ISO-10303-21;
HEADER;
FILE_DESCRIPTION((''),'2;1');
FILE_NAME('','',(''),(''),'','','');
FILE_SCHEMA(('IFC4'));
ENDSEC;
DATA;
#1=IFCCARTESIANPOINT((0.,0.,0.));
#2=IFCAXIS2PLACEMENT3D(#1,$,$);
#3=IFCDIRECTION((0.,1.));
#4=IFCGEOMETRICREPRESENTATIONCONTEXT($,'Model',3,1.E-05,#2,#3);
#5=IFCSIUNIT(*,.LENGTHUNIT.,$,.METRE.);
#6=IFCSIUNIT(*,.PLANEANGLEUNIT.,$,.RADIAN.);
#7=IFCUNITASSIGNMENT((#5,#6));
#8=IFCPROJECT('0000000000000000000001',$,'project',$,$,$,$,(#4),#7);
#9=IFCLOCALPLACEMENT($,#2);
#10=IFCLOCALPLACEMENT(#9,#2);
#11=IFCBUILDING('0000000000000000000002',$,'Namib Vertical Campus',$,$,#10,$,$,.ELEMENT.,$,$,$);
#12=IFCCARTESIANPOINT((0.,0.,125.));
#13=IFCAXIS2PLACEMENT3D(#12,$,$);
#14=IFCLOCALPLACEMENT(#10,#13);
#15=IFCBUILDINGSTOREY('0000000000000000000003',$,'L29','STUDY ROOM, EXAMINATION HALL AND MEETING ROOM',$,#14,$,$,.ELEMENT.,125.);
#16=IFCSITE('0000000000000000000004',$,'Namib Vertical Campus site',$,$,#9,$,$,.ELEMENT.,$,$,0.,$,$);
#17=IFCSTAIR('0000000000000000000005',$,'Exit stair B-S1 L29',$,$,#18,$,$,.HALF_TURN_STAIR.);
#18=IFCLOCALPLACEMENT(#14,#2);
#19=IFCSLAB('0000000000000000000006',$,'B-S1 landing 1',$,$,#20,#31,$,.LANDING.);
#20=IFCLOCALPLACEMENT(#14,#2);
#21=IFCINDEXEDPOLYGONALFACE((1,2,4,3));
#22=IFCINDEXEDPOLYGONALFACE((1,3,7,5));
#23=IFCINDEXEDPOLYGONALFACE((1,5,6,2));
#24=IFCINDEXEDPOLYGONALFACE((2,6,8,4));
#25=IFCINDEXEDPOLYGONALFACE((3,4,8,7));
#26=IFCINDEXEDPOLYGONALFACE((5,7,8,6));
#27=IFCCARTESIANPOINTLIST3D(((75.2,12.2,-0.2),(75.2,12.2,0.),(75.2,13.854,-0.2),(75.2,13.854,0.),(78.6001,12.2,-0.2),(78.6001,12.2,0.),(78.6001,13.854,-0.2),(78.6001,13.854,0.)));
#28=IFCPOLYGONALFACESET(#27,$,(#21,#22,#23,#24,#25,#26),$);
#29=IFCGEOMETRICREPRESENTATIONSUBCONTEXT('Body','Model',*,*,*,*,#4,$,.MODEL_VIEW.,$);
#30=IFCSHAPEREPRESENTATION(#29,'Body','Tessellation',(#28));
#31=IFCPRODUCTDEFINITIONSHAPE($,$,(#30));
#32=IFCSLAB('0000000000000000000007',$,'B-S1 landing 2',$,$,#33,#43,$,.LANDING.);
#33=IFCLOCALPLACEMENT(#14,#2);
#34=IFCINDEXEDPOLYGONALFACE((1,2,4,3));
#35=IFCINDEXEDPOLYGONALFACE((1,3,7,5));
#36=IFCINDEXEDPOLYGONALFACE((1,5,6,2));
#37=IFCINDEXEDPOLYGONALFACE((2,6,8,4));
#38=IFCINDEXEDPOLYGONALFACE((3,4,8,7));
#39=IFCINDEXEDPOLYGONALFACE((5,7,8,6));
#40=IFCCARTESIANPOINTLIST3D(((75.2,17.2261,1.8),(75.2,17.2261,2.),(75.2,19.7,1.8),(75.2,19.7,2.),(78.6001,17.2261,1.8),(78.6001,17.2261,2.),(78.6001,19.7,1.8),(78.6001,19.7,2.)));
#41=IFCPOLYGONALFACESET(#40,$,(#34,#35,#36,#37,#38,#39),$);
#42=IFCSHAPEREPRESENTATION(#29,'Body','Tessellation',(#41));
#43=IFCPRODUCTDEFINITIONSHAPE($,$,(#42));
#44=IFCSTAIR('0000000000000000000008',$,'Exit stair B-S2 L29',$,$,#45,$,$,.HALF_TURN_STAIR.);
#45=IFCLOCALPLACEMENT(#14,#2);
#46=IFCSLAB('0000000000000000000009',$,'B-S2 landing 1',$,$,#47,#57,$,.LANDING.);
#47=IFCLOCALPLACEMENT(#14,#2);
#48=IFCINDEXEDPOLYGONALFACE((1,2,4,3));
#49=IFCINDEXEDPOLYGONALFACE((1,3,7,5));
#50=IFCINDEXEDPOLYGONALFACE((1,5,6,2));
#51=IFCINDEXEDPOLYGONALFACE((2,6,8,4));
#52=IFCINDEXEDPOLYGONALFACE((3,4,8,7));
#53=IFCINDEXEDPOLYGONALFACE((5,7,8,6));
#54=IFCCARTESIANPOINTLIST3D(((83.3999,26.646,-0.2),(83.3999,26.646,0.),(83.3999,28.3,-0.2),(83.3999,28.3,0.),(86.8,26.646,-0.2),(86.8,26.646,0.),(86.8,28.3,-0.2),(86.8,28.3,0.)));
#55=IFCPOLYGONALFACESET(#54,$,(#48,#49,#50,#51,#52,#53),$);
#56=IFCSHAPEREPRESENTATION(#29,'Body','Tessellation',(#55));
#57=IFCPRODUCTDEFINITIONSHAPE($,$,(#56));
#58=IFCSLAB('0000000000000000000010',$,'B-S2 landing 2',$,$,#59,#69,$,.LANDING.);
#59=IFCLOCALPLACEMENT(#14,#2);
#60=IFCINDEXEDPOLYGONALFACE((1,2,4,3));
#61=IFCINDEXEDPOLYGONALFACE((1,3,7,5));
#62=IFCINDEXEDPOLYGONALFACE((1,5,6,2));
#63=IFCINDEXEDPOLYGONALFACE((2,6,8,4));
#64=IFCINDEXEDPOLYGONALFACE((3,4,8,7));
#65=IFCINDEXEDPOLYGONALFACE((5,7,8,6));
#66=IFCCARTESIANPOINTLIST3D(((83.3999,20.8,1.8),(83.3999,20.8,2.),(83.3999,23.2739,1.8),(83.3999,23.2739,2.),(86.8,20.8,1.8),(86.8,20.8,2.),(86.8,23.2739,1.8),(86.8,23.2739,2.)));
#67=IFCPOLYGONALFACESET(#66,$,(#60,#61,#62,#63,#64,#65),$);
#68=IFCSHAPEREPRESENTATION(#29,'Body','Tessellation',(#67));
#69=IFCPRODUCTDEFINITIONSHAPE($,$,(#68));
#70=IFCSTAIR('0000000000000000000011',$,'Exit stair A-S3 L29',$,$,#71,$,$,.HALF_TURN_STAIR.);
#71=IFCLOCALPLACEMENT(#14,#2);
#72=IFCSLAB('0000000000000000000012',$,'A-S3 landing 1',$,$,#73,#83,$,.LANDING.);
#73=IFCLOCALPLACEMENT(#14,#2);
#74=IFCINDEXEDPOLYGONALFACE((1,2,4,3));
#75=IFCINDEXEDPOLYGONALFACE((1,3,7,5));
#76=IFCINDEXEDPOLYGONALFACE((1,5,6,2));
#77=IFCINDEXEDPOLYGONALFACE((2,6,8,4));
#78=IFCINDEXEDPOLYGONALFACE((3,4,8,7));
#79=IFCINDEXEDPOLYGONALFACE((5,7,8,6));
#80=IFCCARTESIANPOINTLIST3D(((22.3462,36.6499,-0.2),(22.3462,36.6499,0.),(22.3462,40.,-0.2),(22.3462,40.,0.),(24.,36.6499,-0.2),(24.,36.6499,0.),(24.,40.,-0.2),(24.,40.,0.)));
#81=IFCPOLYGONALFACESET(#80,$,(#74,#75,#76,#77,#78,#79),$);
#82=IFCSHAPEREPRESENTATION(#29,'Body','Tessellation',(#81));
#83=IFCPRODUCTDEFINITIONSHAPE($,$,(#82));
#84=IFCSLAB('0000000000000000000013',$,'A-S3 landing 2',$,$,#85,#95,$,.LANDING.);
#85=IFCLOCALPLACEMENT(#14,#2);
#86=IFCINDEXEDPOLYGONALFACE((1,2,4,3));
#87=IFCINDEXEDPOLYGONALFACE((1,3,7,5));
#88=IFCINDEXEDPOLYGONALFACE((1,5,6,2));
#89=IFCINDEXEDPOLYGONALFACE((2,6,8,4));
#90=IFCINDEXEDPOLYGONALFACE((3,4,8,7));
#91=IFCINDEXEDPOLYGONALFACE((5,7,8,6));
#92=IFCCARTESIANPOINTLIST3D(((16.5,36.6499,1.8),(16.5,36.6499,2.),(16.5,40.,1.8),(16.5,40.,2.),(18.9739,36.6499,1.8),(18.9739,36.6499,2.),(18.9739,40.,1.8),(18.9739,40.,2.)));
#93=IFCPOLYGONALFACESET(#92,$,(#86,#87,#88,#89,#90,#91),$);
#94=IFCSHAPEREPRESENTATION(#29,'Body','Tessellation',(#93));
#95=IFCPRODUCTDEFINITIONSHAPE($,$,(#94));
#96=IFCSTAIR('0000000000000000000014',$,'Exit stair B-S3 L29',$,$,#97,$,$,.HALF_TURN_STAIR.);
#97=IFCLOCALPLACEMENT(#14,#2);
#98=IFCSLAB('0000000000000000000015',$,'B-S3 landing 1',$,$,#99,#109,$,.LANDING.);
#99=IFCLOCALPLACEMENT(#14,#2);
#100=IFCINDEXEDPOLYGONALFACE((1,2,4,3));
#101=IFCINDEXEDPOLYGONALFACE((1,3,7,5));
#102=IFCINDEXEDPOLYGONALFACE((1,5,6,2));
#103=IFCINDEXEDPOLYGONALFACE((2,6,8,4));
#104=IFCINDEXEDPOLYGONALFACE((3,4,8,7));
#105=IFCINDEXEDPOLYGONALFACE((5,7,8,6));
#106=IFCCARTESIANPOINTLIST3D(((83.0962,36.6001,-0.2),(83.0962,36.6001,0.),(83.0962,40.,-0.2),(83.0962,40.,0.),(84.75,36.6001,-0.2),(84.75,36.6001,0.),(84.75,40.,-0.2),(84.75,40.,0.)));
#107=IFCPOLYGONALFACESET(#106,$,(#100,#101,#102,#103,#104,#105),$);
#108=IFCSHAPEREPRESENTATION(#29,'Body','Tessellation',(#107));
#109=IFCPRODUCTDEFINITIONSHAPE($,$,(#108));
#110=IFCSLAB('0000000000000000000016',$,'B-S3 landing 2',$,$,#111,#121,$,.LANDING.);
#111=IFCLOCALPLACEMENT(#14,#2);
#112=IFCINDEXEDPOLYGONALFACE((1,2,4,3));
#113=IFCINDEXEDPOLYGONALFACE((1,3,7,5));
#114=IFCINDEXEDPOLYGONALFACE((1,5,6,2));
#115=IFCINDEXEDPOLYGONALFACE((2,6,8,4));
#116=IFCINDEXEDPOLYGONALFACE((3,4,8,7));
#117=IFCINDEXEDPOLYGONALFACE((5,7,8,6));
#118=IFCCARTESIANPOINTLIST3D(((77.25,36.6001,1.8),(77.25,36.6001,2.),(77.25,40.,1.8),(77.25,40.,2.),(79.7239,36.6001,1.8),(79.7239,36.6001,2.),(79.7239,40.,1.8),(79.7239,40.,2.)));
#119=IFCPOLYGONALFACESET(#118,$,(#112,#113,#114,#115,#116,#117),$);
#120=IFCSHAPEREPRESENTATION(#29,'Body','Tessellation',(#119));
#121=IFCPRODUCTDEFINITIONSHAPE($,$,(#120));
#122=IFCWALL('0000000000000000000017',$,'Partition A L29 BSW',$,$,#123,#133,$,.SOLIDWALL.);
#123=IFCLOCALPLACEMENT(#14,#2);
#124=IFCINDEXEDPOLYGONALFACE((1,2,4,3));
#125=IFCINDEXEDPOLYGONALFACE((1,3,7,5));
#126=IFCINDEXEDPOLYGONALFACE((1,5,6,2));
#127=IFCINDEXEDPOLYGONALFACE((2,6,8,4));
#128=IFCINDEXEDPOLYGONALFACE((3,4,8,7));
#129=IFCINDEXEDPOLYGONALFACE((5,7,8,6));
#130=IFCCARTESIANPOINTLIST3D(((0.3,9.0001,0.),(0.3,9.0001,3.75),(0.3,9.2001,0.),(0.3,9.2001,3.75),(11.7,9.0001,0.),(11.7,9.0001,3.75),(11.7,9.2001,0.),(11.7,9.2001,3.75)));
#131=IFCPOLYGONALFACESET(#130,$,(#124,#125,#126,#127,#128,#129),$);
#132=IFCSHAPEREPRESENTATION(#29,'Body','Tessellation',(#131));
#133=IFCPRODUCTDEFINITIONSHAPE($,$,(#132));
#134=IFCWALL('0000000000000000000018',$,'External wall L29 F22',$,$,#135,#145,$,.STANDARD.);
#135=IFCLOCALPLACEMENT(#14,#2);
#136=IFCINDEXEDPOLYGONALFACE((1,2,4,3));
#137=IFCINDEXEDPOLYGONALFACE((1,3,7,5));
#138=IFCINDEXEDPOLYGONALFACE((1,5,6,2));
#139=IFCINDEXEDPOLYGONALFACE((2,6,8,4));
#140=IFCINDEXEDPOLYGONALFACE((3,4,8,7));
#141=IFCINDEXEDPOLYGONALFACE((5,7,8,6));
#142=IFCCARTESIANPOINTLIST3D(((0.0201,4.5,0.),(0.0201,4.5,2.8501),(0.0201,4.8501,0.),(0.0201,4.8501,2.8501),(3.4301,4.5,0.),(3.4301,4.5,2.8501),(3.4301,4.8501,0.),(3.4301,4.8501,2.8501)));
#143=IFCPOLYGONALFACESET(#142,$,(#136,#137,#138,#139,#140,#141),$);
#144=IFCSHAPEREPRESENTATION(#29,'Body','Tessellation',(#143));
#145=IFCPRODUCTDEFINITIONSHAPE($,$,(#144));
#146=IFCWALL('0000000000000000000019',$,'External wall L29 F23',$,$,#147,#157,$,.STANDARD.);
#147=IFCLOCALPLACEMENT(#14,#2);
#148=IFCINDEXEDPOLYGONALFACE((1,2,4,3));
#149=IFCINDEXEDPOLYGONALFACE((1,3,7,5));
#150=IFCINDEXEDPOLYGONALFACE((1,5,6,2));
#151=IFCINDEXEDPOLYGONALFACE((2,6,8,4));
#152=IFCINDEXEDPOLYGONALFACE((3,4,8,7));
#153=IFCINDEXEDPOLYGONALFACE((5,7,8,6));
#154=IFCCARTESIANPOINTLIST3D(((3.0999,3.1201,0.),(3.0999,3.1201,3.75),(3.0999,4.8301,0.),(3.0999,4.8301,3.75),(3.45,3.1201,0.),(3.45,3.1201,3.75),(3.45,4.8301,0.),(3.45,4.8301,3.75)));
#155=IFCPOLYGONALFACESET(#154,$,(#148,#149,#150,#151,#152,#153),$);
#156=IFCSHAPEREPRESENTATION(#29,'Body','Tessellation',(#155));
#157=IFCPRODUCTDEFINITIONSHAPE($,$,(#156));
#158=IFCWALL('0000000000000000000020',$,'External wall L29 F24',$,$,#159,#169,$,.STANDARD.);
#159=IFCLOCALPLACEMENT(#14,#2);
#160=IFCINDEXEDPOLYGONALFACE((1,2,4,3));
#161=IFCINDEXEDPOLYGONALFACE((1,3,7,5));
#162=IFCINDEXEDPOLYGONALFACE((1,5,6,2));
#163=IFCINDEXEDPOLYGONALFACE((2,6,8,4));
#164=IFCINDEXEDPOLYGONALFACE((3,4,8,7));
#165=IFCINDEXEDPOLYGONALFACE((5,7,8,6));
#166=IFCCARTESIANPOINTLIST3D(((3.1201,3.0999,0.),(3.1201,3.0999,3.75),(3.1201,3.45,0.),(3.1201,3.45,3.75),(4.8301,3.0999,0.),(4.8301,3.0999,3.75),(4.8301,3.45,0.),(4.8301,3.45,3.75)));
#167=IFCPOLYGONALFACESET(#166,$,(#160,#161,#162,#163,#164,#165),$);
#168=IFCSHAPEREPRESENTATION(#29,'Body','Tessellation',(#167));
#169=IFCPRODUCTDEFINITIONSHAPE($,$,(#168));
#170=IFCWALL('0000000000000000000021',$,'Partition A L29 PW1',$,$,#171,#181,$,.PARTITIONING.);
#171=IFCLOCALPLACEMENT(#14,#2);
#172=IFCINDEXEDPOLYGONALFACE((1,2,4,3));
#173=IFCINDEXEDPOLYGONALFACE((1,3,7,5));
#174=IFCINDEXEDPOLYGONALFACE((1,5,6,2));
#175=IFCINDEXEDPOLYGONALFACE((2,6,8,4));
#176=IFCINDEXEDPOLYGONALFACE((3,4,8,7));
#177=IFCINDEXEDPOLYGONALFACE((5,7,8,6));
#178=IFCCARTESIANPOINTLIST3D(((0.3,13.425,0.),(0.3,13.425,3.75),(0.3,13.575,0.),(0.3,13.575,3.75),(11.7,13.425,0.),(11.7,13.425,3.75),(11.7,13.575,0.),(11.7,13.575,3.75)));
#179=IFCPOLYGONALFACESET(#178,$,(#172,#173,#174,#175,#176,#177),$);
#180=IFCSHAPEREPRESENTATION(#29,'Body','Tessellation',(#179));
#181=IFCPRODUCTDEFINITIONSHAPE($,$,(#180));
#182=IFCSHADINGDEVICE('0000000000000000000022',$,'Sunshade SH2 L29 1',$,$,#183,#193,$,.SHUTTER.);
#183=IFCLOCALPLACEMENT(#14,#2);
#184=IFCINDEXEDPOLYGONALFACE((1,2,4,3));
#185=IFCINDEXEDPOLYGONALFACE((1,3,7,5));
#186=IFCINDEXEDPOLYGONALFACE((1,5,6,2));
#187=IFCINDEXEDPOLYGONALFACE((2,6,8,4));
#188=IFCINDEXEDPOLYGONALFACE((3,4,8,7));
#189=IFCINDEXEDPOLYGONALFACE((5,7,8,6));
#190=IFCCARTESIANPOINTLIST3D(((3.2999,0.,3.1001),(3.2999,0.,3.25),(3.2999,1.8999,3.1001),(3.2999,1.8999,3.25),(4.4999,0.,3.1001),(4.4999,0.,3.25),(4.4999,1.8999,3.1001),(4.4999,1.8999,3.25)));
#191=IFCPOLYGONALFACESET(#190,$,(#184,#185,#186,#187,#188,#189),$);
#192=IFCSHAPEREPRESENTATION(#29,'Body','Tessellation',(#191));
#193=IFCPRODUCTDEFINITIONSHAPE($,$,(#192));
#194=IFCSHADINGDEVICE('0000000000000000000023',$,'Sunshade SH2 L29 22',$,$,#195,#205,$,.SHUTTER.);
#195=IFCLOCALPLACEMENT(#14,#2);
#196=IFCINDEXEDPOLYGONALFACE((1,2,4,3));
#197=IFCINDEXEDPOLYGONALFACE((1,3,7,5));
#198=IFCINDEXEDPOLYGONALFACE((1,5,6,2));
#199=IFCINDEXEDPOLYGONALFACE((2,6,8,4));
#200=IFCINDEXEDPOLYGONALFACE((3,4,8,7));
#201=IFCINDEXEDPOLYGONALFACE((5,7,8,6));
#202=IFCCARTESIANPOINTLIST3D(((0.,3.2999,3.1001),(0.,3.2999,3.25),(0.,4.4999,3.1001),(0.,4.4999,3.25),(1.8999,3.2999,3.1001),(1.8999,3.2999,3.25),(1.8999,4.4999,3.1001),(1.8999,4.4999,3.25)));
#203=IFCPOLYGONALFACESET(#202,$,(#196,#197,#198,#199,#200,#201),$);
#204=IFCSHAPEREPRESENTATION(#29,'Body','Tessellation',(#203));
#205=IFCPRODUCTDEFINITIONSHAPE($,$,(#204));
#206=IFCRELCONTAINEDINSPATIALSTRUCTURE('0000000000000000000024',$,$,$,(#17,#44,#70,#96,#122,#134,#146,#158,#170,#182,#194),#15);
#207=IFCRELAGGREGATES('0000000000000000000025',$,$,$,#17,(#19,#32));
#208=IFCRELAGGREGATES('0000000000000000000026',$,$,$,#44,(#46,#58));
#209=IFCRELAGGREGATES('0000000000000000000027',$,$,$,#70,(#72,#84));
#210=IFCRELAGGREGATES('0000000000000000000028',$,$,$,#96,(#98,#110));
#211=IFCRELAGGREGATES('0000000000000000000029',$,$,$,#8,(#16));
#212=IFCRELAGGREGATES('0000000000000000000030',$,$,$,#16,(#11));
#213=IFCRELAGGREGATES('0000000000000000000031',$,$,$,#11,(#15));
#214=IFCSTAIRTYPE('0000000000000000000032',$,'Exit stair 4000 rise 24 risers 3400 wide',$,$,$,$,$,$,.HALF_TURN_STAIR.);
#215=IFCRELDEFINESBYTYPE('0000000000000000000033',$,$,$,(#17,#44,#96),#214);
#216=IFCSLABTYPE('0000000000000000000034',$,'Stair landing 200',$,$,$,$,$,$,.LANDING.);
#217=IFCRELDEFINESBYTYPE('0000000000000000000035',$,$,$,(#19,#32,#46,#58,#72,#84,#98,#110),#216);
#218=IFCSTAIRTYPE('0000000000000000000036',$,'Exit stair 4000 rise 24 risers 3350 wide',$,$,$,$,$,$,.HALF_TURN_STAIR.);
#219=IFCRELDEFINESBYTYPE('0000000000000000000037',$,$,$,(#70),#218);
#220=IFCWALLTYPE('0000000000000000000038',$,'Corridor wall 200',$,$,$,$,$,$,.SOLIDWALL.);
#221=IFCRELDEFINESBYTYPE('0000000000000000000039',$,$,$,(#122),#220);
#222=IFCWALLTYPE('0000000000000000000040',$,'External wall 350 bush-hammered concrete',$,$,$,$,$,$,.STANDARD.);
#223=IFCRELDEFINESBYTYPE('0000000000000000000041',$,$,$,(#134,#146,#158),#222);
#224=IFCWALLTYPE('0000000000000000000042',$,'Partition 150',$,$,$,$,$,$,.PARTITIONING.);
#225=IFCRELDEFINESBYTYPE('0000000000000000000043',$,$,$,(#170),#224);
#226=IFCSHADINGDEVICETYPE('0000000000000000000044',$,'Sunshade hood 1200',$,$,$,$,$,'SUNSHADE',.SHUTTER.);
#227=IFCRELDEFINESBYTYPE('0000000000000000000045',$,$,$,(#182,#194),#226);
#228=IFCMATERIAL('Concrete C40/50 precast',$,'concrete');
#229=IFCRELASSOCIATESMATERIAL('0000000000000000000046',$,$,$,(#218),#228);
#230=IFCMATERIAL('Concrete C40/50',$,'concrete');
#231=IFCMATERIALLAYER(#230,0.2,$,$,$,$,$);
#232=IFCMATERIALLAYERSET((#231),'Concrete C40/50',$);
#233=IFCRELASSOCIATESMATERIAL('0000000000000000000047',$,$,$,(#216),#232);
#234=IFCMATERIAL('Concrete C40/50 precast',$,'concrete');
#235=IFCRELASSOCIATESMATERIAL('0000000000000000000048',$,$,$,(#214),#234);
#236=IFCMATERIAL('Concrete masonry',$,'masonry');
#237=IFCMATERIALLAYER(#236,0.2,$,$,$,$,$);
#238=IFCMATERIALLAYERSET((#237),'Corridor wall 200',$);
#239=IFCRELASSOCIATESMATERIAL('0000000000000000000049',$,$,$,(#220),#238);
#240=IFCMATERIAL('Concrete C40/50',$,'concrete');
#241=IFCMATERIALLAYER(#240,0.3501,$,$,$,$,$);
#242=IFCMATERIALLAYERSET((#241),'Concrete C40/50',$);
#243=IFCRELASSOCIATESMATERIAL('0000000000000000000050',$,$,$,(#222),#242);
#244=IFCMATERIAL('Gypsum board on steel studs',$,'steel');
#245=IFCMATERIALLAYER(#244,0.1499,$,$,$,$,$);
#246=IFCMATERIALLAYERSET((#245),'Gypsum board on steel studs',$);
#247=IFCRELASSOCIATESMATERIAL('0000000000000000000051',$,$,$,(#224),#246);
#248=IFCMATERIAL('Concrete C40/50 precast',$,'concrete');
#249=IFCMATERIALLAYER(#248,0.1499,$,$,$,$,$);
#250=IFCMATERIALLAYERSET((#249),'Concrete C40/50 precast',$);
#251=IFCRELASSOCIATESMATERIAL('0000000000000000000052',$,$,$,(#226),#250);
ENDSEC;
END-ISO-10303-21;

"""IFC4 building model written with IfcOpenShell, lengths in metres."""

from ifc_helpers import new_model, si_unit, direction, frame, frame_2d, origin, origin_2d, place, context, subcontext, project, spatial, polyline, rectangle, outline, extrude, material, layer, layer_set, type_object, element, aggregate, save


model = new_model("IFC4")

# Units and contexts
model_context = context("Model", 3, precision=1e-05, world=origin(), true_north=direction((0.0, 1.0)))
body_context = subcontext(model_context, "Body", "Model", "MODEL_VIEW")
ifc_project = project(units=[si_unit("LENGTHUNIT", "METRE"), si_unit("PLANEANGLEUNIT", "RADIAN")], contexts=[model_context])

# Site, building, storey
site_placement = place(None, origin())
site = spatial("IfcSite", under=ifc_project, at=site_placement, Name="Namib Vertical Campus site", CompositionType="ELEMENT", RefElevation=0.0)
building_placement = place(site_placement, origin())
building = spatial("IfcBuilding", under=site, at=building_placement, Name="Namib Vertical Campus", CompositionType="ELEMENT")
storey_placement = place(building_placement, frame((0.0, 0.0, 125.0)))
storey = spatial("IfcBuildingStorey", under=building, at=storey_placement, Name="L29", Description="STUDY ROOM, EXAMINATION HALL AND MEETING ROOM", CompositionType="ELEMENT", Elevation=125.0)

# Stairs, slabs
ifc_material_1 = material(Name="Concrete C40/50 precast", Category="concrete")
stair_type_1 = type_object("IfcStairType", Name="Exit stair 4000 rise 24 risers 3350 wide", PredefinedType="HALF_TURN_STAIR", material=ifc_material_1)
ifc_material_2 = material(Name="Concrete C40/50", Category="concrete")
ifc_layer_1 = layer(ifc_material_2, 0.2)
ifc_layer_set_1 = layer_set([ifc_layer_1], Name="Concrete C40/50")
slab_type_1 = type_object("IfcSlabType", Name="Stair landing 200", PredefinedType="LANDING", material=ifc_layer_set_1)
ifc_material_3 = material(Name="Concrete C40/50 precast", Category="concrete")
stair_type_2 = type_object("IfcStairType", Name="Exit stair 4000 rise 24 risers 3400 wide", PredefinedType="HALF_TURN_STAIR", material=ifc_material_3)
stair_1_placement = place(storey_placement, origin())
stair_1 = element("IfcStair", 1, at=stair_1_placement, inside=storey, type_object=stair_type_2, Name="Exit stair B-S1 L29", PredefinedType="HALF_TURN_STAIR")
slab_1_placement = place(storey_placement, frame((0.0, 0.0, -0.2)))
slab_1 = element("IfcSlab", 2, at=slab_1_placement, type_object=slab_type_1, Name="B-S1 landing 1", PredefinedType="LANDING", context=body_context, shape_type="SweptSolid", body=[
    extrude(outline(polyline([(75.2, 12.2), (78.6001, 12.2), (78.6001, 13.854), (75.2, 13.854), (75.2, 12.2)])), origin(), (0.0, 0.0, 1.0), 0.2),
])
slab_2_placement = place(storey_placement, frame((0.0, 0.0, 1.8)))
slab_2 = element("IfcSlab", 3, at=slab_2_placement, type_object=slab_type_1, Name="B-S1 landing 2", PredefinedType="LANDING", context=body_context, shape_type="SweptSolid", body=[
    extrude(outline(polyline([(75.2, 17.2261), (78.6001, 17.2261), (78.6001, 19.7), (75.2, 19.7), (75.2, 17.2261)])), origin(), (0.0, 0.0, 1.0), 0.2),
])
aggregate(stair_1, [slab_1, slab_2])
stair_2_placement = place(storey_placement, origin())
stair_2 = element("IfcStair", 4, at=stair_2_placement, inside=storey, type_object=stair_type_2, Name="Exit stair B-S2 L29", PredefinedType="HALF_TURN_STAIR")
slab_3_placement = place(storey_placement, frame((0.0, 0.0, -0.2)))
slab_3 = element("IfcSlab", 5, at=slab_3_placement, type_object=slab_type_1, Name="B-S2 landing 1", PredefinedType="LANDING", context=body_context, shape_type="SweptSolid", body=[
    extrude(outline(polyline([(83.3999, 26.646), (86.8, 26.646), (86.8, 28.3), (83.3999, 28.3), (83.3999, 26.646)])), origin(), (0.0, 0.0, 1.0), 0.2),
])
slab_4_placement = place(storey_placement, frame((0.0, 0.0, 1.8)))
slab_4 = element("IfcSlab", 6, at=slab_4_placement, type_object=slab_type_1, Name="B-S2 landing 2", PredefinedType="LANDING", context=body_context, shape_type="SweptSolid", body=[
    extrude(outline(polyline([(83.3999, 20.8), (86.8, 20.8), (86.8, 23.2739), (83.3999, 23.2739), (83.3999, 20.8)])), origin(), (0.0, 0.0, 1.0), 0.2),
])
aggregate(stair_2, [slab_3, slab_4])
stair_3_placement = place(storey_placement, origin())
stair_3 = element("IfcStair", 7, at=stair_3_placement, inside=storey, type_object=stair_type_1, Name="Exit stair A-S3 L29", PredefinedType="HALF_TURN_STAIR")
slab_5_placement = place(storey_placement, frame((0.0, 0.0, -0.2)))
slab_5 = element("IfcSlab", 8, at=slab_5_placement, type_object=slab_type_1, Name="A-S3 landing 1", PredefinedType="LANDING", context=body_context, shape_type="SweptSolid", body=[
    extrude(outline(polyline([(22.3462, 36.6499), (22.3462, 40.0), (24.0, 40.0), (24.0, 36.6499), (22.3462, 36.6499)])), origin(), (0.0, 0.0, 1.0), 0.2),
])
slab_6_placement = place(storey_placement, frame((0.0, 0.0, 1.8)))
slab_6 = element("IfcSlab", 9, at=slab_6_placement, type_object=slab_type_1, Name="A-S3 landing 2", PredefinedType="LANDING", context=body_context, shape_type="SweptSolid", body=[
    extrude(outline(polyline([(16.5, 36.6499), (16.5, 40.0), (18.9739, 40.0), (18.9739, 36.6499), (16.5, 36.6499)])), origin(), (0.0, 0.0, 1.0), 0.2),
])
aggregate(stair_3, [slab_5, slab_6])
stair_4_placement = place(storey_placement, origin())
stair_4 = element("IfcStair", 10, at=stair_4_placement, inside=storey, type_object=stair_type_2, Name="Exit stair B-S3 L29", PredefinedType="HALF_TURN_STAIR")
slab_7_placement = place(storey_placement, frame((0.0, 0.0, -0.2)))
slab_7 = element("IfcSlab", 11, at=slab_7_placement, type_object=slab_type_1, Name="B-S3 landing 1", PredefinedType="LANDING", context=body_context, shape_type="SweptSolid", body=[
    extrude(outline(polyline([(83.0962, 36.6001), (83.0962, 40.0), (84.75, 40.0), (84.75, 36.6001), (83.0962, 36.6001)])), origin(), (0.0, 0.0, 1.0), 0.2),
])
slab_8_placement = place(storey_placement, frame((0.0, 0.0, 1.8)))
slab_8 = element("IfcSlab", 12, at=slab_8_placement, type_object=slab_type_1, Name="B-S3 landing 2", PredefinedType="LANDING", context=body_context, shape_type="SweptSolid", body=[
    extrude(outline(polyline([(77.25, 36.6001), (77.25, 40.0), (79.7239, 40.0), (79.7239, 36.6001), (77.25, 36.6001)])), origin(), (0.0, 0.0, 1.0), 0.2),
])
aggregate(stair_4, [slab_7, slab_8])

# Walls
ifc_material_4 = material(Name="Concrete masonry", Category="masonry")
ifc_layer_2 = layer(ifc_material_4, 0.2)
ifc_layer_set_2 = layer_set([ifc_layer_2], Name="Corridor wall 200")
wall_type_1 = type_object("IfcWallType", Name="Corridor wall 200", PredefinedType="SOLIDWALL", material=ifc_layer_set_2)
wall_1_placement = place(storey_placement, frame((0.3, 9.1001, 0.0), z_axis=(0.0, 0.0, 1.0), x_axis=(1.0, 0.0, 0.0)))
element("IfcWall", 13, at=wall_1_placement, inside=storey, type_object=wall_type_1, Name="Partition A L29 BSW", PredefinedType="SOLIDWALL", context=body_context, shape_type="SweptSolid", body=[
    extrude(rectangle(XDim=11.3999, YDim=0.2, at=frame_2d((5.7, 0.0))), origin(), (0.0, 0.0, 1.0), 3.75),
])
ifc_material_5 = material(Name="Concrete C40/50", Category="concrete")
ifc_layer_3 = layer(ifc_material_5, 0.3501)
ifc_layer_set_3 = layer_set([ifc_layer_3], Name="Concrete C40/50")
wall_type_2 = type_object("IfcWallType", Name="External wall 350 bush-hammered concrete", PredefinedType="STANDARD", material=ifc_layer_set_3)
wall_2_placement = place(storey_placement, frame((0.02, 4.675, 0.0), z_axis=(0.0, 0.0, 1.0), x_axis=(1.0, 0.0, 0.0)))
element("IfcWall", 14, at=wall_2_placement, inside=storey, type_object=wall_type_2, Name="External wall L29 F22", PredefinedType="STANDARD", context=body_context, shape_type="SweptSolid", body=[
    extrude(rectangle(XDim=3.4099, YDim=0.3501, at=frame_2d((1.7051, 0.0))), origin(), (0.0, 0.0, 1.0), 2.8501),
])
for number, where, z_axis, x_axis, name in (
    (15, (3.2749, 4.8301, 0.0), (0.0, 0.0, 1.0), (0.0, -1.0, 0.0), "External wall L29 F23"),
    (16, (3.1201, 3.2749, 0.0), (0.0, 0.0, 1.0), (1.0, 0.0, 0.0), "External wall L29 F24"),
):
    element("IfcWall", number, at=place(storey_placement, frame(where, z_axis=z_axis, x_axis=x_axis)), inside=storey, type_object=wall_type_2, Name=name, PredefinedType="STANDARD", context=body_context, shape_type="SweptSolid", body=[
        extrude(rectangle(XDim=1.71, YDim=0.3501, at=frame_2d((0.855, 0.0))), origin(), (0.0, 0.0, 1.0), 3.75),
    ])
ifc_material_6 = material(Name="Gypsum board on steel studs", Category="steel")
ifc_layer_4 = layer(ifc_material_6, 0.1499)
ifc_layer_set_4 = layer_set([ifc_layer_4], Name="Gypsum board on steel studs")
wall_type_3 = type_object("IfcWallType", Name="Partition 150", PredefinedType="PARTITIONING", material=ifc_layer_set_4)
wall_3_placement = place(storey_placement, frame((0.3, 13.5, 0.0), z_axis=(0.0, 0.0, 1.0), x_axis=(1.0, 0.0, 0.0)))
element("IfcWall", 17, at=wall_3_placement, inside=storey, type_object=wall_type_3, Name="Partition A L29 PW1", PredefinedType="PARTITIONING", context=body_context, shape_type="SweptSolid", body=[
    extrude(rectangle(XDim=11.3999, YDim=0.1499, at=frame_2d((5.7, 0.0))), origin(), (0.0, 0.0, 1.0), 3.75),
])

# Shading devices
ifc_material_7 = material(Name="Concrete C40/50 precast", Category="concrete")
ifc_layer_5 = layer(ifc_material_7, 0.1499)
ifc_layer_set_5 = layer_set([ifc_layer_5], Name="Concrete C40/50 precast")
shading_device_type = type_object("IfcShadingDeviceType", Name="Sunshade hood 1200", ElementType="SUNSHADE", PredefinedType="SHUTTER", material=ifc_layer_set_5)
for number, where, z_axis, x_axis, name in (
    (18, (3.8999, 0.95, 3.1001), (0.0, 0.0, 1.0), (0.0, -1.0, 0.0), "Sunshade SH2 L29 1"),
    (19, (0.95, 3.8999, 3.1001), (0.0, 0.0, 1.0), (1.0, 0.0, 0.0), "Sunshade SH2 L29 22"),
):
    element("IfcShadingDevice", number, at=place(storey_placement, frame(where, z_axis=z_axis, x_axis=x_axis)), inside=storey, type_object=shading_device_type, Name=name, PredefinedType="SHUTTER", context=body_context, shape_type="SweptSolid", body=[
        extrude(rectangle(XDim=1.8999, YDim=1.2, at=origin_2d()), origin(), (0.0, 0.0, 1.0), 0.1499),
    ])

save(model, "model.ifc")
